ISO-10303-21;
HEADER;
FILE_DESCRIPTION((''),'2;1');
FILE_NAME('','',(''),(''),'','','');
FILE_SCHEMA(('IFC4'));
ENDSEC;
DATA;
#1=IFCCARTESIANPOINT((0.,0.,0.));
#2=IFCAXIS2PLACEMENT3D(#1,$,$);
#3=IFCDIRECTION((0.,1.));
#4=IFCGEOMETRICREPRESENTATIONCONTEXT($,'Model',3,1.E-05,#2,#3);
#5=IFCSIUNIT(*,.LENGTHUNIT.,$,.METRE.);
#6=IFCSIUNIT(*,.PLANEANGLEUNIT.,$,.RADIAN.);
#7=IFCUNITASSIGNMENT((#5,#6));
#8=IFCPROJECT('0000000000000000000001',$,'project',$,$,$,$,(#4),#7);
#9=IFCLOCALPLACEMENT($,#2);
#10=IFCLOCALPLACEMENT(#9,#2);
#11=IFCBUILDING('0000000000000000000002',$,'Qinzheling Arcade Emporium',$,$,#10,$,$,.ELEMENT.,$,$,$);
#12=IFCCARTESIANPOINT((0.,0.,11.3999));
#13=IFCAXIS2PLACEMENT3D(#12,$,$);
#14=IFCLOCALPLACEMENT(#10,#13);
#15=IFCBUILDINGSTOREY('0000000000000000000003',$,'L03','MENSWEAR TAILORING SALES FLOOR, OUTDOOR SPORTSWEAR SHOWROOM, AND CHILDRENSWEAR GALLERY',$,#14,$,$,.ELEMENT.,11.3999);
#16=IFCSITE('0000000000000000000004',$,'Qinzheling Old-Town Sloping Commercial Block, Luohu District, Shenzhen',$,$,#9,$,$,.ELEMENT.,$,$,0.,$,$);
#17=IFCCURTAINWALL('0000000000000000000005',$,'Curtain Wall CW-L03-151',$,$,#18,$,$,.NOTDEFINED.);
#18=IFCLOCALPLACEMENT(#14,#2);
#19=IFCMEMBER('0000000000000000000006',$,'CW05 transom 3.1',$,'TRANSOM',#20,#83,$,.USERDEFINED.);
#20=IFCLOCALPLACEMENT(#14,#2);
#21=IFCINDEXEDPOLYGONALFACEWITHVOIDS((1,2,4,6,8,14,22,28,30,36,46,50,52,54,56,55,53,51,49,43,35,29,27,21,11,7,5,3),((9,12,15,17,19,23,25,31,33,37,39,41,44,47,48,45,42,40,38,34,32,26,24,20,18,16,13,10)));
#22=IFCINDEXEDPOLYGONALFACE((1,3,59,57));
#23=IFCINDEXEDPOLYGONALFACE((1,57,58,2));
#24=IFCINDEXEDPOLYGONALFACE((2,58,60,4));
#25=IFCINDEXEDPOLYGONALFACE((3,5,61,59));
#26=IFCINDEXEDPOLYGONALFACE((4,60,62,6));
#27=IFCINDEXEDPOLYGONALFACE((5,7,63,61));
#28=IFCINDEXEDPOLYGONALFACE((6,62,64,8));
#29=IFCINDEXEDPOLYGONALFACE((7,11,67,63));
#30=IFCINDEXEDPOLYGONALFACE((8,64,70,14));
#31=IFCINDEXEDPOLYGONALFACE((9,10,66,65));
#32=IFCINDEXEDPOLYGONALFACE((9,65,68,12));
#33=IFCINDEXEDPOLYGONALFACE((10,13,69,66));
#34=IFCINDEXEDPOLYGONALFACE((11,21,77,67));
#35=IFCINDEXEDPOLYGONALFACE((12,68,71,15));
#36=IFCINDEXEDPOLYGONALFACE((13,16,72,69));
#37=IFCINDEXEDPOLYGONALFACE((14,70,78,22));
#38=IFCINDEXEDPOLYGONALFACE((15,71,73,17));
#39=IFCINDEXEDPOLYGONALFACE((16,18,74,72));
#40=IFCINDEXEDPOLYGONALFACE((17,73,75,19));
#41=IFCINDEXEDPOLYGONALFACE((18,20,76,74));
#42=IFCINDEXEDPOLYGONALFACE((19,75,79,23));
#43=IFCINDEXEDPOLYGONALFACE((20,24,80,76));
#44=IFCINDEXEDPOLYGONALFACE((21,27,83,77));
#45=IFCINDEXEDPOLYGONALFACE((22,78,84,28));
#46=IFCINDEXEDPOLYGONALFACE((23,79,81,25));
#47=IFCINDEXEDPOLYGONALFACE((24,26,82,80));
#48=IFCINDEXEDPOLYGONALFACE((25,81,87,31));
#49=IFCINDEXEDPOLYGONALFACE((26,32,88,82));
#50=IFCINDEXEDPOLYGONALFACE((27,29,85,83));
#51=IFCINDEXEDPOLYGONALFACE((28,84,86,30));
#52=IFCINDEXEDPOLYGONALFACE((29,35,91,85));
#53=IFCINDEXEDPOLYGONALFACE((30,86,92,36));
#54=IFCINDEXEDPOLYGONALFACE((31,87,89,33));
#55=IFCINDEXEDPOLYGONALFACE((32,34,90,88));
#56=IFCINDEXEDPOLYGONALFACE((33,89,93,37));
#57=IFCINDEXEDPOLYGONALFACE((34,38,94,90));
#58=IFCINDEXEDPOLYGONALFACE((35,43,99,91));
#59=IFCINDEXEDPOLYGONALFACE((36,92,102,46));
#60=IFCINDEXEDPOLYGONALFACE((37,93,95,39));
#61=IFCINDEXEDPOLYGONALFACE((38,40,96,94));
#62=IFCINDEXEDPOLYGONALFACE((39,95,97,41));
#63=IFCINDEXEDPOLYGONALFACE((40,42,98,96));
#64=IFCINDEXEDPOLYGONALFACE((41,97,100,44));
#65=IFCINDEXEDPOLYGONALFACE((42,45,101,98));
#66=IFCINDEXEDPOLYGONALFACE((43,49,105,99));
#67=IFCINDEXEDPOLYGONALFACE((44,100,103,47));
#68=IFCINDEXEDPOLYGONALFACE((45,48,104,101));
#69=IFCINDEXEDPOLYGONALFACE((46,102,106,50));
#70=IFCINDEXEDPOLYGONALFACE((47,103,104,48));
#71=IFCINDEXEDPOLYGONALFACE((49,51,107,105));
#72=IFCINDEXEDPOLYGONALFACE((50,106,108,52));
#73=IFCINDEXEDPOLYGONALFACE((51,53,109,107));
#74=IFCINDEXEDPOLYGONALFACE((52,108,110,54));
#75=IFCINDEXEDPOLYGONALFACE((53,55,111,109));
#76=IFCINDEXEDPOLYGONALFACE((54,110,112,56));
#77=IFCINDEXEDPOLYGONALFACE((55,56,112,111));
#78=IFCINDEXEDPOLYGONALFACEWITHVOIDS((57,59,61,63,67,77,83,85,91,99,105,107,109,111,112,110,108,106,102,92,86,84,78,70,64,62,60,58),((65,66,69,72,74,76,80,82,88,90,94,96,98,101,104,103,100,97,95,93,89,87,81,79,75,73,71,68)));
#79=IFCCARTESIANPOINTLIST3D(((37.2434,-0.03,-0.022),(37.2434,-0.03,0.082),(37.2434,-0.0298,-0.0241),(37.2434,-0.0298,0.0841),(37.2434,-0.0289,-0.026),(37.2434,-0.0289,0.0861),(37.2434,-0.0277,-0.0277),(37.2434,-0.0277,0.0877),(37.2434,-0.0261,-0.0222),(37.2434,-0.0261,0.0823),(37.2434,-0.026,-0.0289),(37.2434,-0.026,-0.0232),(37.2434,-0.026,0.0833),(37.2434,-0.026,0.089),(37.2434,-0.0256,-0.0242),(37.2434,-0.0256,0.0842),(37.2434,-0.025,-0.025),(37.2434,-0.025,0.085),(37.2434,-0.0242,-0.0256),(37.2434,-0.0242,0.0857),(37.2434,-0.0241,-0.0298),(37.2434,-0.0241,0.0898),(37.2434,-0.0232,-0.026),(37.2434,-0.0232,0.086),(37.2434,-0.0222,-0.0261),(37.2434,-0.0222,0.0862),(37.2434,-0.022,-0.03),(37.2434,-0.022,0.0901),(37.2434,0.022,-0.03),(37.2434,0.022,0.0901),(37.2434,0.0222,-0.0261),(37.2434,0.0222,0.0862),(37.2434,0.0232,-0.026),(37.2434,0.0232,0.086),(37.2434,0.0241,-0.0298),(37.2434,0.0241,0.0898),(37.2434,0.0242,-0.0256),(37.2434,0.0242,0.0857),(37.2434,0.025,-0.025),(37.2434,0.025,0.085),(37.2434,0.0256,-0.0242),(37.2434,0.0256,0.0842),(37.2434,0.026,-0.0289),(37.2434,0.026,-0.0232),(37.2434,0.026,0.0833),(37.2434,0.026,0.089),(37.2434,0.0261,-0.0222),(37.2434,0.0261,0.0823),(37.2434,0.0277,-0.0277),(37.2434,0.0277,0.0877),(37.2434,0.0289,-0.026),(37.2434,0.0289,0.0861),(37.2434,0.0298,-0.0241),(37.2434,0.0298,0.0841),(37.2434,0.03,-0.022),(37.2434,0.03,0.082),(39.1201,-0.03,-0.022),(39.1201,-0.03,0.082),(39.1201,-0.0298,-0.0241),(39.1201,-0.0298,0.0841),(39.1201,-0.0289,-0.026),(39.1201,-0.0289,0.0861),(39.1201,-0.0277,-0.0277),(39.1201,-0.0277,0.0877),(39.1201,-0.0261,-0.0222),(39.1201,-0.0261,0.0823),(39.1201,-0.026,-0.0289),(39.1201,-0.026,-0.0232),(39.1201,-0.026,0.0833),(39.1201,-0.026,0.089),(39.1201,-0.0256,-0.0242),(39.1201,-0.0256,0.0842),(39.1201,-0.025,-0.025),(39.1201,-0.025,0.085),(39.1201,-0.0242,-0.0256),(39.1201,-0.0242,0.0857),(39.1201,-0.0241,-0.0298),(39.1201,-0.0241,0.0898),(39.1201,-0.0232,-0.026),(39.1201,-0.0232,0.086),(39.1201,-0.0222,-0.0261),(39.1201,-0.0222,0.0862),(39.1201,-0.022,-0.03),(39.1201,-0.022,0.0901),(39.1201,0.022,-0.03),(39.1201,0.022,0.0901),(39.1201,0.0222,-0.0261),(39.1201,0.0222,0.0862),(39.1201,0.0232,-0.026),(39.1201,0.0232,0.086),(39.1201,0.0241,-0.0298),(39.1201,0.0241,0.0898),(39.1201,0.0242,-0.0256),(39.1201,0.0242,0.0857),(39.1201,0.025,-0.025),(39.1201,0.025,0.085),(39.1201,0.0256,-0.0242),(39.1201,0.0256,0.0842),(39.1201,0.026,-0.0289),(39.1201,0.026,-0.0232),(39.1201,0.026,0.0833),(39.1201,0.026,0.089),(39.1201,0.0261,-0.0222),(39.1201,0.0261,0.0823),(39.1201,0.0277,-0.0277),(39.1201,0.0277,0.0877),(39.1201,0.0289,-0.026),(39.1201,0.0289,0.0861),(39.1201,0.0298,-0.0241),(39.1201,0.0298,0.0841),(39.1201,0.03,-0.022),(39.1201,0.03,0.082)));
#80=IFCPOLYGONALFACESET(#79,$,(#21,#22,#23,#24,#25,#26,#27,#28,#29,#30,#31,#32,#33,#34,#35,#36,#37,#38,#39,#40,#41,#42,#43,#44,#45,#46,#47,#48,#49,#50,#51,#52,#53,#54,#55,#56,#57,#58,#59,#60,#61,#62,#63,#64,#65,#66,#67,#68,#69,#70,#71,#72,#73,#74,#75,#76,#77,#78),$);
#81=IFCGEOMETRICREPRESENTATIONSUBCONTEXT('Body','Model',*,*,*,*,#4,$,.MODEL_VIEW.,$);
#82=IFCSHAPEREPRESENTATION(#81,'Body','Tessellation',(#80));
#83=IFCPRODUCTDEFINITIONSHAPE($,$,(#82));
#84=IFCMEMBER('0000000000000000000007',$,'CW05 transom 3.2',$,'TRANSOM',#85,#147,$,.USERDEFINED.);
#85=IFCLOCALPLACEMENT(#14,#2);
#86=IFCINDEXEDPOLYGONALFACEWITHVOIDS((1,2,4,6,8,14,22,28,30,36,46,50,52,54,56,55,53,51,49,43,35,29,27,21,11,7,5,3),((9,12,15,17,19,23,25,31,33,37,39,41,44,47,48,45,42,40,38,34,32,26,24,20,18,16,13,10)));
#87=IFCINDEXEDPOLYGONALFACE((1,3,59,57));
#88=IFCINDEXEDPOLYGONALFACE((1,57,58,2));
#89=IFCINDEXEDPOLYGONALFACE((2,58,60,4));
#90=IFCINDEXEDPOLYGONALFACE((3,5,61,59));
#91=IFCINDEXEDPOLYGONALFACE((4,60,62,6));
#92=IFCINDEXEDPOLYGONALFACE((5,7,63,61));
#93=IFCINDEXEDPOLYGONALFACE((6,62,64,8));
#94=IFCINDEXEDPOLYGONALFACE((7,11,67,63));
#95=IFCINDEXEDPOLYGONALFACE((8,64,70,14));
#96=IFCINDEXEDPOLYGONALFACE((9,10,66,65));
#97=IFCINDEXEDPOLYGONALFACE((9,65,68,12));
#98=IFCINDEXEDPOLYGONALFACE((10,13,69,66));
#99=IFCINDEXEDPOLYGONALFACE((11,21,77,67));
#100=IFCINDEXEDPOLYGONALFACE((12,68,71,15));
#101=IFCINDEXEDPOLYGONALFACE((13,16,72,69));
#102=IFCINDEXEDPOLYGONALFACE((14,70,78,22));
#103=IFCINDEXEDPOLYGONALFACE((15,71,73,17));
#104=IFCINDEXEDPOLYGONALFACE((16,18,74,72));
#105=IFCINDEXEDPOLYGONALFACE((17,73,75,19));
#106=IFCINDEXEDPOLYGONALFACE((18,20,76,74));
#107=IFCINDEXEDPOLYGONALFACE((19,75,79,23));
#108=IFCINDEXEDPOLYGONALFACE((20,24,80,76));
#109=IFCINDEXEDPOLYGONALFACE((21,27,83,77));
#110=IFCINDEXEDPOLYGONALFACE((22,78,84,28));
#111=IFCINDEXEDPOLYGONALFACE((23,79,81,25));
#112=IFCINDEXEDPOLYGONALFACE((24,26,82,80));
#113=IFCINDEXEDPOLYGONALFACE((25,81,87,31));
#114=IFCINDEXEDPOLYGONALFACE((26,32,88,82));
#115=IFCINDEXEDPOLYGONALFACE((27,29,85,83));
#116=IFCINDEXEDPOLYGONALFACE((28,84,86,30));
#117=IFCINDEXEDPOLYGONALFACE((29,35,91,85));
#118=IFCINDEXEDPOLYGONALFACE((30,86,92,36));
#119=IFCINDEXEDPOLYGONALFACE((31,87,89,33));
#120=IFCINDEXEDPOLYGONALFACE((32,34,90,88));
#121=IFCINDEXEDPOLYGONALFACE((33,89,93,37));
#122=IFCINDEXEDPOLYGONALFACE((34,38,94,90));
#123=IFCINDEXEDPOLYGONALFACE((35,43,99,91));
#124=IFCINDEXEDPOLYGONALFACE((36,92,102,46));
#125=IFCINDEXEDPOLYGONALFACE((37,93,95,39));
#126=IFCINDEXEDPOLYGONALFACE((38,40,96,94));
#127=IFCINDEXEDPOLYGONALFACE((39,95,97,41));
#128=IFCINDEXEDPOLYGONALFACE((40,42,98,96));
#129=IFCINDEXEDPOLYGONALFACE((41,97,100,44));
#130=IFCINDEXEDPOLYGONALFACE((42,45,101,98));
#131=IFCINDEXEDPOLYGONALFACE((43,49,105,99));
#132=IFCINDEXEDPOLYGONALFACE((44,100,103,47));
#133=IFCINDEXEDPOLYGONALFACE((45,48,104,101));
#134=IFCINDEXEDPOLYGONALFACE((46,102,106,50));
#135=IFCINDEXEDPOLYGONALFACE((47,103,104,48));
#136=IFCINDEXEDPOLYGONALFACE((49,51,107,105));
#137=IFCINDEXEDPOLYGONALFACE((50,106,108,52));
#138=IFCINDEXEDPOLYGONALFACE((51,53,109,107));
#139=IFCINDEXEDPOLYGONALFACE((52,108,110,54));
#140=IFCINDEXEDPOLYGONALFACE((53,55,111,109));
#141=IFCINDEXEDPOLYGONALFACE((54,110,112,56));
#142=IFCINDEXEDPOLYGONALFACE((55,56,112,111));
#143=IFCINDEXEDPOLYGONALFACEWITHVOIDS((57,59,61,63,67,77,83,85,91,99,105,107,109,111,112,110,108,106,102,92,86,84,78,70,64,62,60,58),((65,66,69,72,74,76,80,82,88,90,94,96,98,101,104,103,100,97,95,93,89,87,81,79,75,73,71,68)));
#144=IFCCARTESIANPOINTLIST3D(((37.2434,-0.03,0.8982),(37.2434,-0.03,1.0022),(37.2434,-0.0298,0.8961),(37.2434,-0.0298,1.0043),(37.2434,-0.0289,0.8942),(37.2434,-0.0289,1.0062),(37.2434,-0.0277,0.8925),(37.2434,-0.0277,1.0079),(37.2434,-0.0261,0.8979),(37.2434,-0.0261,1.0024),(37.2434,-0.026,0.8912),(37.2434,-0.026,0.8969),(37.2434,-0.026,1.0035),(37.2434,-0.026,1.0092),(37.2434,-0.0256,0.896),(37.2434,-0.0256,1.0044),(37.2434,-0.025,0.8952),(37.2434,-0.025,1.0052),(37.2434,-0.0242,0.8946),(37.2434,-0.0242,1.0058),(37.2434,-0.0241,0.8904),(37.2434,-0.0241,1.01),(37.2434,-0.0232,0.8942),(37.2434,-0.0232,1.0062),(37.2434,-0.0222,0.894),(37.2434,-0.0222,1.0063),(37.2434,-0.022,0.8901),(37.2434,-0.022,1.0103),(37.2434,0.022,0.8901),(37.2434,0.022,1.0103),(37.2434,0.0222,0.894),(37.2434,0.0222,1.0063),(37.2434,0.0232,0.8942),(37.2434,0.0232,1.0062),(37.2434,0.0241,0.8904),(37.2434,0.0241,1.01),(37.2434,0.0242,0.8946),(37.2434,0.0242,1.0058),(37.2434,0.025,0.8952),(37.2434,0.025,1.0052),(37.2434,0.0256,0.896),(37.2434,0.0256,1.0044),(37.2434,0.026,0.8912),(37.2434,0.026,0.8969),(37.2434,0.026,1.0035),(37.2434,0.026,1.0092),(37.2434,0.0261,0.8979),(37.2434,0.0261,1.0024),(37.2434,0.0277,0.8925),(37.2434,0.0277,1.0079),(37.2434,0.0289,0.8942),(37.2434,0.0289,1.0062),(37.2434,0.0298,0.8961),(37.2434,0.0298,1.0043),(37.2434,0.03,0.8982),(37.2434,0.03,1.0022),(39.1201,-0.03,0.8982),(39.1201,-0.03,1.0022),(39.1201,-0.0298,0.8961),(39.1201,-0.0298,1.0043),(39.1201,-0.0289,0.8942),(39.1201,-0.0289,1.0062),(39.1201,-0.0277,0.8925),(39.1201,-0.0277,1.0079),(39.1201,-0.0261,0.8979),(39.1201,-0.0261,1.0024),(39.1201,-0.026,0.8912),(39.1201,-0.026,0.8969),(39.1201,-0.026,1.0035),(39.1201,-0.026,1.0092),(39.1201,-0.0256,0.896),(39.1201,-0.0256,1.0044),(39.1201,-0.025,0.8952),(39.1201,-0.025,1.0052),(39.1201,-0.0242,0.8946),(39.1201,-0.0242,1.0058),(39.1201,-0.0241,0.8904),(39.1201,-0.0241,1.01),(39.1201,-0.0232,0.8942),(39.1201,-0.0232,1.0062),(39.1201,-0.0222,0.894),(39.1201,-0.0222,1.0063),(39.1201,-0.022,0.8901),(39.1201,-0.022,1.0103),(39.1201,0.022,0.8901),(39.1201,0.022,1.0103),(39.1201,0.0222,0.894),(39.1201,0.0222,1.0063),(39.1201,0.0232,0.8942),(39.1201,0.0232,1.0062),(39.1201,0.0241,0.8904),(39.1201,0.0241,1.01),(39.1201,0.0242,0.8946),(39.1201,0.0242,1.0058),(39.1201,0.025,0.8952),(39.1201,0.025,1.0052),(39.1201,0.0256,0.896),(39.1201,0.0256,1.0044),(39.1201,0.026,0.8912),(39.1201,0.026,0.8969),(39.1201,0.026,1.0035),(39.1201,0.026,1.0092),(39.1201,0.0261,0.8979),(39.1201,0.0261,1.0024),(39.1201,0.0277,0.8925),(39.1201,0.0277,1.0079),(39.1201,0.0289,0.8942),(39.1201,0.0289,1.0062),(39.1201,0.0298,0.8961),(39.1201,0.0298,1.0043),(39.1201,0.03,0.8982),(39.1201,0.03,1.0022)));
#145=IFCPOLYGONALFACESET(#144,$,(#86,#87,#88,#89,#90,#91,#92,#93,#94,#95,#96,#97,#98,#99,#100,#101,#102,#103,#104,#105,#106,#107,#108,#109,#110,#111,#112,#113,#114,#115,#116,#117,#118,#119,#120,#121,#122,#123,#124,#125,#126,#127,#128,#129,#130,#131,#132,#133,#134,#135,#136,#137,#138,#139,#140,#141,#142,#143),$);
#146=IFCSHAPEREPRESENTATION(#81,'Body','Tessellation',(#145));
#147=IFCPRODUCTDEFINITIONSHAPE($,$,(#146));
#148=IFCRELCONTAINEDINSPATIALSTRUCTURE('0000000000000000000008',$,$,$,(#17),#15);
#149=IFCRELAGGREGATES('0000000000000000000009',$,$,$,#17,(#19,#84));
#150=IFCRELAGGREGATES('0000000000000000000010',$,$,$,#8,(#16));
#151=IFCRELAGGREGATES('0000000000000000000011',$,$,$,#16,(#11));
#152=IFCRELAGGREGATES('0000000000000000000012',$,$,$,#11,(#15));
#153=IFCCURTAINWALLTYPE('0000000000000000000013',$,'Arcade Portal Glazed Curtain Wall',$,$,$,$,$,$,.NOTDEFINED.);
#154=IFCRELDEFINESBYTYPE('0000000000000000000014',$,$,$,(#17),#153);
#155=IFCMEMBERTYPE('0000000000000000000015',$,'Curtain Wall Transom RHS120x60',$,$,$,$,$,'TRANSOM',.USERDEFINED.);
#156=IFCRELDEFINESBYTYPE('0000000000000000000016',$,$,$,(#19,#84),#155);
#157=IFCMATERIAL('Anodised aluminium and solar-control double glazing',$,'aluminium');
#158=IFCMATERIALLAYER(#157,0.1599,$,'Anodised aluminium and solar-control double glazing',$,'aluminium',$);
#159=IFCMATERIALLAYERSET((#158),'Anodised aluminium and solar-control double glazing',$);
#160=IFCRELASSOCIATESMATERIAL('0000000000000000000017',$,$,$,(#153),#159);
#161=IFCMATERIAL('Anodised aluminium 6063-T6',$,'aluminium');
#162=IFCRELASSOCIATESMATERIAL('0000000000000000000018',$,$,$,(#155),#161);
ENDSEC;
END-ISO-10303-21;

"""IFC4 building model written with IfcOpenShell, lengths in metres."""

from ifc_helpers import new_model, si_unit, direction, frame, origin, origin_2d, place, context, subcontext, project, spatial, hollow_rectangle, extrude, material, layer, layer_set, material_profile, profile_set, type_object, element, aggregate, save


model = new_model("IFC4")

# Units and contexts
model_context = context("Model", 3, precision=1e-05, world=origin(), true_north=direction((0.0, 1.0)))
body_context = subcontext(model_context, "Body", "Model", "MODEL_VIEW")
ifc_project = project(units=[si_unit("LENGTHUNIT", "METRE"), si_unit("PLANEANGLEUNIT", "RADIAN")], contexts=[model_context])

# Site, building, storey
site_placement = place(None, origin())
site = spatial("IfcSite", under=ifc_project, at=site_placement, Name="Qinzheling Old-Town Sloping Commercial Block, Luohu District, Shenzhen", CompositionType="ELEMENT", RefElevation=0.0)
building_placement = place(site_placement, origin())
building = spatial("IfcBuilding", under=site, at=building_placement, Name="Qinzheling Arcade Emporium", CompositionType="ELEMENT")
storey_placement = place(building_placement, frame((0.0, 0.0, 11.3999)))
storey = spatial("IfcBuildingStorey", under=building, at=storey_placement, Name="L03", Description="MENSWEAR TAILORING SALES FLOOR, OUTDOOR SPORTSWEAR SHOWROOM, AND CHILDRENSWEAR GALLERY", CompositionType="ELEMENT", Elevation=11.3999)

# Shared definitions
ifc_material_1 = material(Name="Anodised aluminium and solar-control double glazing", Category="aluminium")
ifc_layer_1 = layer(ifc_material_1, 0.1599, Name="Anodised aluminium and solar-control double glazing", Category="aluminium")
ifc_layer_set_1 = layer_set([ifc_layer_1], Name="Anodised aluminium and solar-control double glazing")
curtain_wall_type = type_object("IfcCurtainWallType", Name="Arcade Portal Glazed Curtain Wall", PredefinedType="NOTDEFINED", material=ifc_layer_set_1)
ifc_material_2 = material(Name="Anodised aluminium 6063-T6", Category="aluminium")

# Curtain wall
curtain_wall_1_placement = place(storey_placement, origin())
curtain_wall_1 = element("IfcCurtainWall", 1, at=curtain_wall_1_placement, inside=storey, type_object=curtain_wall_type, Name="Curtain Wall CW-L03-151", PredefinedType="NOTDEFINED")

# Members
ifc_material_profile_1 = material_profile(ifc_material_2, hollow_rectangle(XDim=0.0601, YDim=0.1201, WallThickness=0.0039, InnerFilletRadius=0.0039, OuterFilletRadius=0.0081, at=origin_2d()), Name="RHS 120x60x4", Category="aluminium")
ifc_profile_set_1 = profile_set([ifc_material_profile_1], Name="Anodised aluminium 6063-T6")
member_type_1 = type_object("IfcMemberType", Name="Curtain Wall Transom RHS120x60", ElementType="TRANSOM", PredefinedType="USERDEFINED", material=ifc_profile_set_1)
member_1_placement = place(storey_placement, frame((39.1201, 0.0, 0.03), z_axis=(-1.0, 0.0, 0.0), x_axis=(0.0, -1.0, 0.0)))
member_1 = element("IfcMember", 2, at=member_1_placement, type_object=member_type_1, Name="CW05 transom 3.1", ObjectType="TRANSOM", PredefinedType="USERDEFINED", context=body_context, shape_type="SweptSolid", body=[
    extrude(hollow_rectangle(XDim=0.0601, YDim=0.1201, WallThickness=0.0039, InnerFilletRadius=0.0039, OuterFilletRadius=0.0081, at=origin_2d()), origin(), (0.0, 0.0, 1.0), 1.8767),
])
member_2_placement = place(storey_placement, frame((39.1201, 0.0, 0.9502), z_axis=(-1.0, 0.0, 0.0), x_axis=(0.0, -1.0, 0.0)))
member_2 = element("IfcMember", 3, at=member_2_placement, type_object=member_type_1, Name="CW05 transom 3.2", ObjectType="TRANSOM", PredefinedType="USERDEFINED", context=body_context, shape_type="SweptSolid", body=[
    extrude(hollow_rectangle(XDim=0.0601, YDim=0.1201, WallThickness=0.0039, InnerFilletRadius=0.0039, OuterFilletRadius=0.0081, at=origin_2d()), origin(), (0.0, 0.0, 1.0), 1.8767),
])

aggregate(curtain_wall_1, [member_1, member_2])

save(model, "model.ifc")
